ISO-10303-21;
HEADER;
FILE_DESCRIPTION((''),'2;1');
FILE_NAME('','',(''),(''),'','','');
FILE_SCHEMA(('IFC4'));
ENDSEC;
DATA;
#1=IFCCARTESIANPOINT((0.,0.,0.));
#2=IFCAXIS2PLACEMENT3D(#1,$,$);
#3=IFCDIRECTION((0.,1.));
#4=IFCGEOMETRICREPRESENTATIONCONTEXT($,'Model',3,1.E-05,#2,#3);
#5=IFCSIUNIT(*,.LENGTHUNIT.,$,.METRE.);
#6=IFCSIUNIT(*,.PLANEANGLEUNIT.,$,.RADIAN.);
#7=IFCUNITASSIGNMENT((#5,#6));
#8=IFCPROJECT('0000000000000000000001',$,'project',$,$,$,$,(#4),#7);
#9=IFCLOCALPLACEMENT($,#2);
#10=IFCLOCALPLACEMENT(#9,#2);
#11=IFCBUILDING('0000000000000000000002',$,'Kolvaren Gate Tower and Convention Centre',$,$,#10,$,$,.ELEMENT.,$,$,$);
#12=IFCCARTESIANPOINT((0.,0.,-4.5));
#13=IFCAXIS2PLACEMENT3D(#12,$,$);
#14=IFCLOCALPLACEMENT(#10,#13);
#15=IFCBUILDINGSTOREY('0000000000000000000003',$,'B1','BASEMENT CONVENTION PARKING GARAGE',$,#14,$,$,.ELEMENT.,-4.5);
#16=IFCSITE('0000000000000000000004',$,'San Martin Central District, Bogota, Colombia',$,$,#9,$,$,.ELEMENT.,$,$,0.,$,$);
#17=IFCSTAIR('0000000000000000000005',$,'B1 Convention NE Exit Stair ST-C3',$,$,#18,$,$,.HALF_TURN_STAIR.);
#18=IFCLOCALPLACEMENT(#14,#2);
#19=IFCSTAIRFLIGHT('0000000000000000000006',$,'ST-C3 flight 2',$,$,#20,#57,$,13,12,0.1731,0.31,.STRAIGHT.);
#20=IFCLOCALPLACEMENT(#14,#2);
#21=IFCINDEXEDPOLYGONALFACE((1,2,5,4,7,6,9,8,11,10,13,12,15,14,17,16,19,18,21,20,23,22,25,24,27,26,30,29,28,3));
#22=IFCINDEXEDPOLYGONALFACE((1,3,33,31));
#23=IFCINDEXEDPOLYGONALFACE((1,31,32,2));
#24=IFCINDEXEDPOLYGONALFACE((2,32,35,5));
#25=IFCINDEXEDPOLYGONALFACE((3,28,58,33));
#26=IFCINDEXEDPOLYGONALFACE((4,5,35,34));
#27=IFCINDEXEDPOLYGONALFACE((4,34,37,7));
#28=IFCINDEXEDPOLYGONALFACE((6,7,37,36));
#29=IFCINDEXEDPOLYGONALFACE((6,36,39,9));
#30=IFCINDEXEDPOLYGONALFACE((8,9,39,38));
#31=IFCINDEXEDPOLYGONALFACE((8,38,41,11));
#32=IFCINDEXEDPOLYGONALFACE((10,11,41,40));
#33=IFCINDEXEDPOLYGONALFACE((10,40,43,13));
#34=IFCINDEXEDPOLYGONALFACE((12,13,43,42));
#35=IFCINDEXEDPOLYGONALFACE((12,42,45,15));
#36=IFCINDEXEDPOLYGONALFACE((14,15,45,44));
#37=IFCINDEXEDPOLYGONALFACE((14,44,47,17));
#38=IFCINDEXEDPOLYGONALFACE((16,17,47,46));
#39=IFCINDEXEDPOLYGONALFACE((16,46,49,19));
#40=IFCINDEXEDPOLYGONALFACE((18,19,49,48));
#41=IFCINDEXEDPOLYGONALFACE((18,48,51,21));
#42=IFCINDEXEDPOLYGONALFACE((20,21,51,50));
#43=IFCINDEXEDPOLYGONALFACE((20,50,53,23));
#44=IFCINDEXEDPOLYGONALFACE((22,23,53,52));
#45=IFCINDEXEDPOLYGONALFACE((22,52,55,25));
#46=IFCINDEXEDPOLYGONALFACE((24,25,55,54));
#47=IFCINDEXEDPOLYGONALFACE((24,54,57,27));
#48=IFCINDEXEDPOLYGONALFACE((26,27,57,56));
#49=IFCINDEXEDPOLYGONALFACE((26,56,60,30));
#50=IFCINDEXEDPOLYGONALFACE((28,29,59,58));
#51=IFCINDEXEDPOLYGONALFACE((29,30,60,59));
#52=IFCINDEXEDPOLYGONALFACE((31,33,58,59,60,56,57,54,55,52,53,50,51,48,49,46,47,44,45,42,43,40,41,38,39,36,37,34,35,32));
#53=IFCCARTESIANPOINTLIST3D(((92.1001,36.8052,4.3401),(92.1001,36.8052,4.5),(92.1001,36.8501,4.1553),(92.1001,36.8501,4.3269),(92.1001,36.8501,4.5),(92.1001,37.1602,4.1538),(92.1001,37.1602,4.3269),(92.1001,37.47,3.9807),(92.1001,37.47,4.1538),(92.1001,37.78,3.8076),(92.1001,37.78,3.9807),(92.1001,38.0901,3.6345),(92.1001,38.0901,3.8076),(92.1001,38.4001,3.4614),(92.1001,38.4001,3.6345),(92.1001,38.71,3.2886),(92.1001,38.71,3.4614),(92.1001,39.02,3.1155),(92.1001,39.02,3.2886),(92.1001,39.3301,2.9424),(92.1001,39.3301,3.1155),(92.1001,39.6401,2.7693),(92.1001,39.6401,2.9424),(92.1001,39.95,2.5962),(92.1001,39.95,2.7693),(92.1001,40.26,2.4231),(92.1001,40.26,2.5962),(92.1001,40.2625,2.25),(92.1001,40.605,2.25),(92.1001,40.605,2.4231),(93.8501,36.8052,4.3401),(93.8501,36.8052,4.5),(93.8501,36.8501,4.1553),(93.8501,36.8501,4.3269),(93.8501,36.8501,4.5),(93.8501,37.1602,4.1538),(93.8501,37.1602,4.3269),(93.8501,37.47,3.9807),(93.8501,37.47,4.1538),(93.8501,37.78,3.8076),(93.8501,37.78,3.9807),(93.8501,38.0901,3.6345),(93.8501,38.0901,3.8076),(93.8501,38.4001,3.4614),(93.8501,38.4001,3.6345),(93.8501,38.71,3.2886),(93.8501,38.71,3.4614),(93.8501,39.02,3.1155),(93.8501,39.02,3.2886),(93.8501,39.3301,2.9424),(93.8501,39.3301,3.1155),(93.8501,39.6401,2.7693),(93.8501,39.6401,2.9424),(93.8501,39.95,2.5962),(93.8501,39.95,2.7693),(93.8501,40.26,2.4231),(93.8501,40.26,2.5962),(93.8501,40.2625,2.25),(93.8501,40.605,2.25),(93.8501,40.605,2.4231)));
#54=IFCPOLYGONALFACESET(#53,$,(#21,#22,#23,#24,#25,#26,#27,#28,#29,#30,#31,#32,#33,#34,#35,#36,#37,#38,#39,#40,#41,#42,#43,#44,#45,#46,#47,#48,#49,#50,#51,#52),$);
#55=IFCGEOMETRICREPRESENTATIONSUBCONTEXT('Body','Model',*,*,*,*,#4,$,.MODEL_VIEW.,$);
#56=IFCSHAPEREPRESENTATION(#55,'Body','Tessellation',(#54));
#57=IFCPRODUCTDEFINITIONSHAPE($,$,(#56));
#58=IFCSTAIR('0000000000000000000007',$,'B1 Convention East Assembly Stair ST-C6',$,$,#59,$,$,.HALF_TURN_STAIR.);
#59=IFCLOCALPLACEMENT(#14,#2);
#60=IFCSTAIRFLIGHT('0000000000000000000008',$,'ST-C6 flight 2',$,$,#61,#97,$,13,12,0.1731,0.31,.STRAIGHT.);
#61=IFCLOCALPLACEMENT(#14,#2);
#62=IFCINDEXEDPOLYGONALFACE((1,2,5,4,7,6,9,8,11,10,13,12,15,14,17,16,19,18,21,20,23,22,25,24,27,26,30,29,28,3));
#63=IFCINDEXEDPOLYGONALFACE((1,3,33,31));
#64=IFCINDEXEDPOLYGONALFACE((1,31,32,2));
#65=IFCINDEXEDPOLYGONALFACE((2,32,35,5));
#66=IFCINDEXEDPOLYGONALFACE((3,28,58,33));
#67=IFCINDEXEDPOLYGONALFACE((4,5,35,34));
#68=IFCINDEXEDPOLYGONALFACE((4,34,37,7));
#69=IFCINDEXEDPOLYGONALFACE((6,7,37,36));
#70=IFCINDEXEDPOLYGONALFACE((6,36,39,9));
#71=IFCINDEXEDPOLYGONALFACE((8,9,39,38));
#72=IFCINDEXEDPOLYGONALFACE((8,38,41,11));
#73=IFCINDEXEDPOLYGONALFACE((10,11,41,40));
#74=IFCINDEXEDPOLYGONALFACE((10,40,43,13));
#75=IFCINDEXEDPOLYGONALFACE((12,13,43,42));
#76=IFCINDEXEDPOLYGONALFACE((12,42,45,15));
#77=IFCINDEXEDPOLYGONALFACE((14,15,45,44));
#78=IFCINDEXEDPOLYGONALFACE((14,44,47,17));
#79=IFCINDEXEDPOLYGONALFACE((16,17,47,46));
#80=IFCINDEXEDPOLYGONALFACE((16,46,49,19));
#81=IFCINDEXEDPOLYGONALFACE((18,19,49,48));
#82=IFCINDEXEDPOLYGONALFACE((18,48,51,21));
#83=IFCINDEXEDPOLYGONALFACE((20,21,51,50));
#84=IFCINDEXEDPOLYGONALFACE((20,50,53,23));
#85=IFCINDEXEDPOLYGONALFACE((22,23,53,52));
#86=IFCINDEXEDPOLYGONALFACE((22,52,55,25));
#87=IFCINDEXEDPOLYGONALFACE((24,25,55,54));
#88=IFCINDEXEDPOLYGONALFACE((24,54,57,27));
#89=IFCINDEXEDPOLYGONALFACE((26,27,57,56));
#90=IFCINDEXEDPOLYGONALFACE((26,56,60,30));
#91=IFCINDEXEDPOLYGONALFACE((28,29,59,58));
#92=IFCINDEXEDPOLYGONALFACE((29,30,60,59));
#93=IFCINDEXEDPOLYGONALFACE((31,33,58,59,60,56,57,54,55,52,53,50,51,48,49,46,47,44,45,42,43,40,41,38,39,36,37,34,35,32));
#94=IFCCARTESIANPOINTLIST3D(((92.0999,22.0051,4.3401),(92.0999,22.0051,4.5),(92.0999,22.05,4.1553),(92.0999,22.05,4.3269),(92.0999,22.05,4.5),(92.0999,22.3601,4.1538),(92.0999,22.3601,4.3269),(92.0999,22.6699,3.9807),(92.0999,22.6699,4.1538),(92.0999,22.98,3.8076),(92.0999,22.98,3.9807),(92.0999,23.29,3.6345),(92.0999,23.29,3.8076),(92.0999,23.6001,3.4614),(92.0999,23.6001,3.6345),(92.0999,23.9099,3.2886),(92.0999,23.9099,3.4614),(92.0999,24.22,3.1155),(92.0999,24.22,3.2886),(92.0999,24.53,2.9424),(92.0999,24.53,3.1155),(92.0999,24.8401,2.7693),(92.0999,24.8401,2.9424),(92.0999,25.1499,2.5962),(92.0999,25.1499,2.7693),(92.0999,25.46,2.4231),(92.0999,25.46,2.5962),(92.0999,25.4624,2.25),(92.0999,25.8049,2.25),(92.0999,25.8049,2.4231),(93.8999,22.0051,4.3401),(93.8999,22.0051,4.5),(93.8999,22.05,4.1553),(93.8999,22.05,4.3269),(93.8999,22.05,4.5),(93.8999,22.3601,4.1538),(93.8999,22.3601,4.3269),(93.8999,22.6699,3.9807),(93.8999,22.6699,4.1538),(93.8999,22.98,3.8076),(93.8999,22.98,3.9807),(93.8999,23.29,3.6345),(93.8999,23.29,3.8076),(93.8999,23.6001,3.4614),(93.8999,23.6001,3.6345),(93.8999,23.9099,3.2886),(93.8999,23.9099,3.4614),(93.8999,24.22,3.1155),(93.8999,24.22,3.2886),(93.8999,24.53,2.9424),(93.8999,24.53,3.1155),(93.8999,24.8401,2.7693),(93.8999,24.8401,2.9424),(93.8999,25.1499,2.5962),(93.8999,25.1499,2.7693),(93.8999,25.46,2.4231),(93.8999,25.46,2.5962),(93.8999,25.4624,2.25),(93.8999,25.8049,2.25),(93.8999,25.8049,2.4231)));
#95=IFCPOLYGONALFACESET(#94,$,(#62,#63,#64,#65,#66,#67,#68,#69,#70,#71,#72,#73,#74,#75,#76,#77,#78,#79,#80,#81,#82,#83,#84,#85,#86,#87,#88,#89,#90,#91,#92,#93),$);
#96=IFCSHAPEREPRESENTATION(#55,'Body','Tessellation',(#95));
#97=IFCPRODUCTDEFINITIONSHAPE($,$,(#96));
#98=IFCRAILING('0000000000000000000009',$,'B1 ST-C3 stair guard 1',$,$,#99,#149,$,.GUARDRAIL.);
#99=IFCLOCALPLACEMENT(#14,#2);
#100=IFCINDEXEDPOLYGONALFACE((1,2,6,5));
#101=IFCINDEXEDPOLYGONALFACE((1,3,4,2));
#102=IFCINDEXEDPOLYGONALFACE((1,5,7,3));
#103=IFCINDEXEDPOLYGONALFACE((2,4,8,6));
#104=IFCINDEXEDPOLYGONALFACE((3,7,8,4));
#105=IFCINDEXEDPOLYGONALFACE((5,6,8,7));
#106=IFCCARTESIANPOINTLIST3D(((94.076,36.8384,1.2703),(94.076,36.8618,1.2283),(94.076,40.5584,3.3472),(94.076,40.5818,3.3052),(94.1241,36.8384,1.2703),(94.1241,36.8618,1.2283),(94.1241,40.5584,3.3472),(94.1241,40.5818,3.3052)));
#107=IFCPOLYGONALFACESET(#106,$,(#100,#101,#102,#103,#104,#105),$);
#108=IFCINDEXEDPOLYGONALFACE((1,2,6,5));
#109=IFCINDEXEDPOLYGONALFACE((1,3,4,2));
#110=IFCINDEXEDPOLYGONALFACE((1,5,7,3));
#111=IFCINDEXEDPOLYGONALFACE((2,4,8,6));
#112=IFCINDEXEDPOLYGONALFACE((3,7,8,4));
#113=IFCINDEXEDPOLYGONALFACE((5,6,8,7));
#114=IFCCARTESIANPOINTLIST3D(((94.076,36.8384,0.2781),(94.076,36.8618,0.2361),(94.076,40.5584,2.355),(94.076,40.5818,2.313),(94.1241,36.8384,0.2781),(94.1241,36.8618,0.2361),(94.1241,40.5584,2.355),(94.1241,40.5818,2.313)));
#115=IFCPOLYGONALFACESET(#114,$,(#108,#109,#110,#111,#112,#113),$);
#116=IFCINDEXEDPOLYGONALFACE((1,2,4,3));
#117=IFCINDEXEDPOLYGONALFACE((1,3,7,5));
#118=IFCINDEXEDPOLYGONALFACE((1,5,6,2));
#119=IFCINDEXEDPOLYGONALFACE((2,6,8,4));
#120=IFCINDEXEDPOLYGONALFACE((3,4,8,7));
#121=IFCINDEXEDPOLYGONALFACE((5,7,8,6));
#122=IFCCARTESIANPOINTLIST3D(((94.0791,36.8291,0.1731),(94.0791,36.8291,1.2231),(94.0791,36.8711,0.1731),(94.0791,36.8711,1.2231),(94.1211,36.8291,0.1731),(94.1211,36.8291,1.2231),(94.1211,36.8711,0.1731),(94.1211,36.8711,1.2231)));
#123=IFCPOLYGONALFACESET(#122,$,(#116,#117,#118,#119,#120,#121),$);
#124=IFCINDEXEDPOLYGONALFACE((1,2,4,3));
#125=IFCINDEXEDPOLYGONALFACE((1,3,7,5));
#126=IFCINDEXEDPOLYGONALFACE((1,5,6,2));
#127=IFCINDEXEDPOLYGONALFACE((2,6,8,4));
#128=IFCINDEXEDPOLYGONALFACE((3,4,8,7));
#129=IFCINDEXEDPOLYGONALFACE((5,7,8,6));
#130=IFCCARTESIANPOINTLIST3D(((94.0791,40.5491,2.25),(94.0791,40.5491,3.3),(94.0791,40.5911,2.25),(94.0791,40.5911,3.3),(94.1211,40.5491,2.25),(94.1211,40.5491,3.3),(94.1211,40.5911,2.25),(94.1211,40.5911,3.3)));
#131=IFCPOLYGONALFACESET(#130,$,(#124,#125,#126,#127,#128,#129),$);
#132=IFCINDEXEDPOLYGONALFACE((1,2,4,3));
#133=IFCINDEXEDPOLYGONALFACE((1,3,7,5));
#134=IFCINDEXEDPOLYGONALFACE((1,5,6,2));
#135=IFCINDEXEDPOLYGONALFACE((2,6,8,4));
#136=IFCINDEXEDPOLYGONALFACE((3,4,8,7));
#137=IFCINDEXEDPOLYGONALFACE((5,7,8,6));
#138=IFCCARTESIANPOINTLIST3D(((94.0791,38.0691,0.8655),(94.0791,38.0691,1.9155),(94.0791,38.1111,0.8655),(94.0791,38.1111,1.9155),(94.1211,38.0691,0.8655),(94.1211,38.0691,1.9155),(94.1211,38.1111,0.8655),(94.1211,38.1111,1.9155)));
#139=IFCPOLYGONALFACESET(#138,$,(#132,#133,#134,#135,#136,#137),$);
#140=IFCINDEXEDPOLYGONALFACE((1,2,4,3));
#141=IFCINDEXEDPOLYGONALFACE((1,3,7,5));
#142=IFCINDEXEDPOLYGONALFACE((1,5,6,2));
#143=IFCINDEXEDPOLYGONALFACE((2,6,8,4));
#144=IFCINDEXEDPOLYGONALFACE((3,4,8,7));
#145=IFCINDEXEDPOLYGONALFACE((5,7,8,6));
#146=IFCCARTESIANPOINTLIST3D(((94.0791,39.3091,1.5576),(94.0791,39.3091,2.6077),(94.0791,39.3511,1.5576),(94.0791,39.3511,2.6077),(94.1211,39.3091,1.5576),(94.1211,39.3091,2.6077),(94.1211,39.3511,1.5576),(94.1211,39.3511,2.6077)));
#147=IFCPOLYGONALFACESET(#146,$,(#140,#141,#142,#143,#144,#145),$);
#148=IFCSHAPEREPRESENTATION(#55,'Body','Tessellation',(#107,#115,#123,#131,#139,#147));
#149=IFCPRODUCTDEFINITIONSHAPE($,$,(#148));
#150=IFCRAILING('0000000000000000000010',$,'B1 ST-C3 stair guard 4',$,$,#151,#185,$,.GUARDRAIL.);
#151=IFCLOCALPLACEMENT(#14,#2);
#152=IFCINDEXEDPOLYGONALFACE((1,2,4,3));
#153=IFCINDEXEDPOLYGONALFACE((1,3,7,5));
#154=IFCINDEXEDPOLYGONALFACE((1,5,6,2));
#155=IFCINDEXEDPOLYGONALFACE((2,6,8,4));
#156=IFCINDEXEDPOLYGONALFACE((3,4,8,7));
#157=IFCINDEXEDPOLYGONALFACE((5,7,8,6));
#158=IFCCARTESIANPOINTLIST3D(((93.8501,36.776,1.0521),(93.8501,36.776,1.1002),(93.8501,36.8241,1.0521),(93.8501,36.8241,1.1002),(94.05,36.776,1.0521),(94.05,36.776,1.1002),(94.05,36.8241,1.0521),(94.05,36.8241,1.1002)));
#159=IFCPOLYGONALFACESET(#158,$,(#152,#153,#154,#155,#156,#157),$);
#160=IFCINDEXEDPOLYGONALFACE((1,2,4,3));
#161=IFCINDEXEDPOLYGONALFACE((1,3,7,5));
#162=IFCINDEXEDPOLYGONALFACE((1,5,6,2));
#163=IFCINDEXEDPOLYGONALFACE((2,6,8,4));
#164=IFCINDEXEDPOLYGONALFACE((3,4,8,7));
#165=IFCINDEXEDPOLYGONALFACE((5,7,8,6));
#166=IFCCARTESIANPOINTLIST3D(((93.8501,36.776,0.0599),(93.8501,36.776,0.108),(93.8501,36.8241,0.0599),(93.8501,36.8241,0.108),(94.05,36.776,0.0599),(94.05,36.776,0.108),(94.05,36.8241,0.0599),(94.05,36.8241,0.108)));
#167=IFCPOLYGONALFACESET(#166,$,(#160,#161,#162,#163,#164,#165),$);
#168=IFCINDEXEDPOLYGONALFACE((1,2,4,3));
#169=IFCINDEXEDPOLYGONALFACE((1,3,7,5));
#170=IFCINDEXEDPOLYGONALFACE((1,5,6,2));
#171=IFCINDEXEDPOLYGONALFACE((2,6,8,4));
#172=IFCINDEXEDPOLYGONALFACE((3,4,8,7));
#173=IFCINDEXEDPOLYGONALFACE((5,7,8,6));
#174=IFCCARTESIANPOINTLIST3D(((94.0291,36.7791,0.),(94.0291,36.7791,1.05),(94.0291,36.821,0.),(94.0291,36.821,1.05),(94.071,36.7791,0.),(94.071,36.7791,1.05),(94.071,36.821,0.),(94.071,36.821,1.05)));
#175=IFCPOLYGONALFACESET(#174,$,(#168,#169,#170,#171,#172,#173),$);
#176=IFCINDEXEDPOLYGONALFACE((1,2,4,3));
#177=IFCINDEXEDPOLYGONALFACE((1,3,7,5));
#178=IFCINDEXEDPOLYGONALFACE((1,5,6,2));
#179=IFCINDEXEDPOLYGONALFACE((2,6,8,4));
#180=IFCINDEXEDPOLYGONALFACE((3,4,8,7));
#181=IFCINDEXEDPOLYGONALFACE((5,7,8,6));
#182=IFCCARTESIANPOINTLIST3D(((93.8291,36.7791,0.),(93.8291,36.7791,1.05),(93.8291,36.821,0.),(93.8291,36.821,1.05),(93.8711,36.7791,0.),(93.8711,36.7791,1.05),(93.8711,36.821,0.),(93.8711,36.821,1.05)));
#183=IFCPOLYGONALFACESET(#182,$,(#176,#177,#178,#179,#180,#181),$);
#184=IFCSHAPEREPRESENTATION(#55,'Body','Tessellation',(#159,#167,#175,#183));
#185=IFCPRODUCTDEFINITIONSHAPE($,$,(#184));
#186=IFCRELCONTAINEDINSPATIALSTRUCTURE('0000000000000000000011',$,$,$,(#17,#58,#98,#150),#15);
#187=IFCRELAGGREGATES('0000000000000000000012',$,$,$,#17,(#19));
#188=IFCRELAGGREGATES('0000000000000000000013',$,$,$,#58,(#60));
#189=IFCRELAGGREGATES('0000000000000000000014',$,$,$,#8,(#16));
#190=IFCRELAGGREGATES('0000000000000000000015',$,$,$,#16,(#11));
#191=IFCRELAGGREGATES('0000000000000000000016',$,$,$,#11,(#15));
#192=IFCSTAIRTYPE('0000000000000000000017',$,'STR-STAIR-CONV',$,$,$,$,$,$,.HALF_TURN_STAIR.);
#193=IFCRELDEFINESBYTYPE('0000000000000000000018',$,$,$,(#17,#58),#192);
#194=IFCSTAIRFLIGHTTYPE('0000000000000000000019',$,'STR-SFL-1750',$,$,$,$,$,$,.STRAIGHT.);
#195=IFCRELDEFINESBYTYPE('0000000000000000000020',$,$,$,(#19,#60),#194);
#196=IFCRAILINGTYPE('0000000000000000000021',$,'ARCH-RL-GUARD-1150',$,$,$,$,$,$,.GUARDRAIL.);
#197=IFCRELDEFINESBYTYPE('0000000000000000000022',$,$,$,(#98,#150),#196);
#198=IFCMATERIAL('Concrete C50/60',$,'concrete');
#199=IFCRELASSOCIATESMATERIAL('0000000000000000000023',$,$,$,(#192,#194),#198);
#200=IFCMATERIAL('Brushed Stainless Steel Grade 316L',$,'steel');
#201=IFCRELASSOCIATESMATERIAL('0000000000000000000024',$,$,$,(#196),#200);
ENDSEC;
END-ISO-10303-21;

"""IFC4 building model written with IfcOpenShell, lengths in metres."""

from ifc_helpers import new_model, si_unit, direction, frame, origin, origin_2d, place, context, subcontext, project, spatial, polyline, rectangle, outline, extrude, material, type_object, element, aggregate, save


model = new_model("IFC4")

# Units and contexts
model_context = context("Model", 3, precision=1e-05, world=origin(), true_north=direction((0.0, 1.0)))
body_context = subcontext(model_context, "Body", "Model", "MODEL_VIEW")
ifc_project = project(units=[si_unit("LENGTHUNIT", "METRE"), si_unit("PLANEANGLEUNIT", "RADIAN")], contexts=[model_context])

# Site, building, storey
site_placement = place(None, origin())
site = spatial("IfcSite", under=ifc_project, at=site_placement, Name="San Martin Central District, Bogota, Colombia", CompositionType="ELEMENT", RefElevation=0.0)
building_placement = place(site_placement, origin())
building = spatial("IfcBuilding", under=site, at=building_placement, Name="Kolvaren Gate Tower and Convention Centre", CompositionType="ELEMENT")
storey_placement = place(building_placement, frame((0.0, 0.0, -4.5)))
storey = spatial("IfcBuildingStorey", under=building, at=storey_placement, Name="B1", Description="BASEMENT CONVENTION PARKING GARAGE", CompositionType="ELEMENT", Elevation=-4.5)

# Shared definitions
ifc_material_1 = material(Name="Concrete C50/60", Category="concrete")

# Stair, stair flight
stair_type = type_object("IfcStairType", Name="STR-STAIR-CONV", PredefinedType="HALF_TURN_STAIR", material=ifc_material_1)
stair_1_placement = place(storey_placement, origin())
stair_1 = element("IfcStair", 1, at=stair_1_placement, inside=storey, type_object=stair_type, Name="B1 Convention NE Exit Stair ST-C3", PredefinedType="HALF_TURN_STAIR")
stair_flight_type = type_object("IfcStairFlightType", Name="STR-SFL-1750", PredefinedType="STRAIGHT", material=ifc_material_1)
stair_flight_1_placement = place(storey_placement, frame((92.9751, 40.5701, 2.25), z_axis=(0.0, 0.0, 1.0), x_axis=(0.0, -1.0, 0.0)))
stair_flight_1 = element("IfcStairFlight", 2, at=stair_flight_1_placement, type_object=stair_flight_type, Name="ST-C3 flight 2", NumberOfRisers=13, NumberOfTreads=12, PredefinedType="STRAIGHT", RiserHeight=0.1731, TreadLength=0.31, context=body_context, shape_type="SweptSolid", body=[
    extrude(outline(polyline([(-0.0349, 0.0), (-0.0349, 0.1731), (0.3101, 0.1731), (0.3101, 0.3462), (0.6201, 0.3462), (0.6201, 0.5193), (0.9299, 0.5193), (0.9299, 0.6924), (1.24, 0.6924), (1.24, 0.8655), (1.55, 0.8655), (1.55, 1.0386), (1.8601, 1.0386), (1.8601, 1.2114), (2.1699, 1.2114), (2.1699, 1.3845), (2.48, 1.3845), (2.48, 1.5576), (2.79, 1.5576), (2.79, 1.7307), (3.1001, 1.7307), (3.1001, 1.9038), (3.4099, 1.9038), (3.4099, 2.0769), (3.72, 2.0769), (3.72, 2.25), (3.7649, 2.25), (3.7649, 2.0901), (3.72, 1.9053), (0.3076, 0.0), (-0.0349, 0.0)])), frame((0.0, 0.875, 0.0), z_axis=(0.0, -1.0, 0.0), x_axis=(1.0, 0.0, 0.0)), (0.0, 0.0, 1.0), 1.75),
])
aggregate(stair_1, [stair_flight_1])

# Stair, stair flight
stair_2_placement = place(storey_placement, origin())
stair_2 = element("IfcStair", 3, at=stair_2_placement, inside=storey, type_object=stair_type, Name="B1 Convention East Assembly Stair ST-C6", PredefinedType="HALF_TURN_STAIR")
stair_flight_2_placement = place(storey_placement, frame((93.0, 25.77, 2.25), z_axis=(0.0, 0.0, 1.0), x_axis=(0.0, -1.0, 0.0)))
stair_flight_2 = element("IfcStairFlight", 4, at=stair_flight_2_placement, type_object=stair_flight_type, Name="ST-C6 flight 2", NumberOfRisers=13, NumberOfTreads=12, PredefinedType="STRAIGHT", RiserHeight=0.1731, TreadLength=0.31, context=body_context, shape_type="SweptSolid", body=[
    extrude(outline(polyline([(-0.0349, 0.0), (-0.0349, 0.1731), (0.3101, 0.1731), (0.3101, 0.3462), (0.6201, 0.3462), (0.6201, 0.5193), (0.9299, 0.5193), (0.9299, 0.6924), (1.24, 0.6924), (1.24, 0.8655), (1.55, 0.8655), (1.55, 1.0386), (1.8601, 1.0386), (1.8601, 1.2114), (2.1699, 1.2114), (2.1699, 1.3845), (2.48, 1.3845), (2.48, 1.5576), (2.79, 1.5576), (2.79, 1.7307), (3.1001, 1.7307), (3.1001, 1.9038), (3.4099, 1.9038), (3.4099, 2.0769), (3.72, 2.0769), (3.72, 2.25), (3.7649, 2.25), (3.7649, 2.0901), (3.72, 1.9053), (0.3076, 0.0), (-0.0349, 0.0)])), frame((0.0, 0.8999, 0.0), z_axis=(0.0, -1.0, 0.0), x_axis=(1.0, 0.0, 0.0)), (0.0, 0.0, 1.0), 1.8),
])
aggregate(stair_2, [stair_flight_2])

# Railings
ifc_material_2 = material(Name="Brushed Stainless Steel Grade 316L", Category="steel")
railing_type_1 = type_object("IfcRailingType", Name="ARCH-RL-GUARD-1150", PredefinedType="GUARDRAIL", material=ifc_material_2)
railing_1_placement = place(storey_placement, frame((94.1001, 36.8501, 0.1731)))
element("IfcRailing", 5, at=railing_1_placement, inside=storey, type_object=railing_type_1, Name="B1 ST-C3 stair guard 1", PredefinedType="GUARDRAIL", context=body_context, shape_type="SweptSolid", body=[
    extrude(rectangle(XDim=0.0481, YDim=0.0481, at=origin_2d()), frame((0.0, 0.0, 1.0762), z_axis=(0.0, 0.873134, 0.487481), x_axis=(-1.0, 0.0, 0.0)), (0.0, 0.0, 1.0), 4.2605),
    extrude(rectangle(XDim=0.0481, YDim=0.0481, at=origin_2d()), frame((0.0, 0.0, 0.084), z_axis=(0.0, 0.873134, 0.487481), x_axis=(-1.0, 0.0, 0.0)), (0.0, 0.0, 1.0), 4.2605),
    extrude(rectangle(XDim=0.042, YDim=0.042, at=origin_2d()), origin(), (0.0, 0.0, 1.0), 1.05),
    extrude(rectangle(XDim=0.042, YDim=0.042, at=origin_2d()), frame((0.0, 3.72, 2.0769)), (0.0, 0.0, 1.0), 1.05),
    extrude(rectangle(XDim=0.042, YDim=0.042, at=origin_2d()), frame((0.0, 1.24, 0.6924)), (0.0, 0.0, 1.0), 1.05),
    extrude(rectangle(XDim=0.042, YDim=0.042, at=origin_2d()), frame((0.0, 2.48, 1.3845)), (0.0, 0.0, 1.0), 1.05),
])
railing_2_placement = place(storey_placement, frame((94.05, 36.8, 0.0)))
element("IfcRailing", 6, at=railing_2_placement, inside=storey, type_object=railing_type_1, Name="B1 ST-C3 stair guard 4", PredefinedType="GUARDRAIL", context=body_context, shape_type="SweptSolid", body=[
    extrude(rectangle(XDim=0.0481, YDim=0.0481, at=origin_2d()), frame((0.0, 0.0, 1.0762), z_axis=(-1.0, 0.0, 0.0), x_axis=(0.0, -1.0, 0.0)), (0.0, 0.0, 1.0), 0.2),
    extrude(rectangle(XDim=0.0481, YDim=0.0481, at=origin_2d()), frame((0.0, 0.0, 0.084), z_axis=(-1.0, 0.0, 0.0), x_axis=(0.0, -1.0, 0.0)), (0.0, 0.0, 1.0), 0.2),
    extrude(rectangle(XDim=0.042, YDim=0.042, at=origin_2d()), origin(), (0.0, 0.0, 1.0), 1.05),
    extrude(rectangle(XDim=0.042, YDim=0.042, at=origin_2d()), frame((-0.2, 0.0, 0.0)), (0.0, 0.0, 1.0), 1.05),
])

save(model, "model.ifc")
